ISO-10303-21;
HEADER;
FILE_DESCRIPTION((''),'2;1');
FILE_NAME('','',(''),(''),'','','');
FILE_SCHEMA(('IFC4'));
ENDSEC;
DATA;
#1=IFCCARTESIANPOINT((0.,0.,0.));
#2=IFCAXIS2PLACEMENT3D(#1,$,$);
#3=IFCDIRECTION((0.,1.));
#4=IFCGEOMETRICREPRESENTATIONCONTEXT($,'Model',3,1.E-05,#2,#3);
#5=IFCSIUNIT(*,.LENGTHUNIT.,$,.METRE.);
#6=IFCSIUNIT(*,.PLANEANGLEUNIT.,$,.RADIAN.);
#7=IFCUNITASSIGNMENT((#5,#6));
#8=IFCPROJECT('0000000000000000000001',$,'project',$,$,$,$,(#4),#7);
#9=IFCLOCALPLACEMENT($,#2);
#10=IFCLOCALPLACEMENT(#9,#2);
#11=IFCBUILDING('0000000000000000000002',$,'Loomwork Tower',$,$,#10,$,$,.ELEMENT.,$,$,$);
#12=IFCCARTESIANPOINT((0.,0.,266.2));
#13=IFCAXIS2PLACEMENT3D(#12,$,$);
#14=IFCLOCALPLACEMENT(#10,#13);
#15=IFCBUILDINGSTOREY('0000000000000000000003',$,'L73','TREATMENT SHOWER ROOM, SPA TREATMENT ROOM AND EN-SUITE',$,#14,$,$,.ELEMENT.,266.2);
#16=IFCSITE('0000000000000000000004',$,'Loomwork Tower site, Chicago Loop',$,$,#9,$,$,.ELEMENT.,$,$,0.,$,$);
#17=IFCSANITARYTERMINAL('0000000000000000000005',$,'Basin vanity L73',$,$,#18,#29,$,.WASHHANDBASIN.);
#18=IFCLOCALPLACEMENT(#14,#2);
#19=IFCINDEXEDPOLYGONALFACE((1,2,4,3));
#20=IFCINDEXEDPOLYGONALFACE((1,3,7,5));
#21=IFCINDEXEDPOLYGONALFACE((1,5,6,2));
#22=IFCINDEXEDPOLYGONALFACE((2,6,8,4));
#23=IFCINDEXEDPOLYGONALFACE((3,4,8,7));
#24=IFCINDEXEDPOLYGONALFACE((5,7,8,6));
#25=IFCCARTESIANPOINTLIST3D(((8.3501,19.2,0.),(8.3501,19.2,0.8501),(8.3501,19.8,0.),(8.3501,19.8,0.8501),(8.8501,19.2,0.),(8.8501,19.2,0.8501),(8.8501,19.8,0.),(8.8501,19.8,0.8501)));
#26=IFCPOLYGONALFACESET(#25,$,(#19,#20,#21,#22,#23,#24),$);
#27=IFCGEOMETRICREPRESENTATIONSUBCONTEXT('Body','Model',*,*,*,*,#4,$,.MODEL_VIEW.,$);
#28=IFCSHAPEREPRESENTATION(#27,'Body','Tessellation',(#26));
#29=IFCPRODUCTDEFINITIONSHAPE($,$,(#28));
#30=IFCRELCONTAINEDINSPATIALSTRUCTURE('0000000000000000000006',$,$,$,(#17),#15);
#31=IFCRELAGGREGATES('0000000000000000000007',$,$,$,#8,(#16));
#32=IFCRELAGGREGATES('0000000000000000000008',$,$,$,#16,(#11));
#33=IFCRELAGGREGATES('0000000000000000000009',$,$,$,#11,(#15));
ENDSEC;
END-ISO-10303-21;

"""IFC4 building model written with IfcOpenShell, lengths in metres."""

from ifc_helpers import new_model, si_unit, direction, frame, origin, origin_2d, place, context, subcontext, project, spatial, rectangle, extrude, element, save


model = new_model("IFC4")

# Units and contexts
model_context = context("Model", 3, precision=1e-05, world=origin(), true_north=direction((0.0, 1.0)))
body_context = subcontext(model_context, "Body", "Model", "MODEL_VIEW")
ifc_project = project(units=[si_unit("LENGTHUNIT", "METRE"), si_unit("PLANEANGLEUNIT", "RADIAN")], contexts=[model_context])

# Site, building, storey
site_placement = place(None, origin())
site = spatial("IfcSite", under=ifc_project, at=site_placement, Name="Loomwork Tower site, Chicago Loop", CompositionType="ELEMENT", RefElevation=0.0)
building_placement = place(site_placement, origin())
building = spatial("IfcBuilding", under=site, at=building_placement, Name="Loomwork Tower", CompositionType="ELEMENT")
storey_placement = place(building_placement, frame((0.0, 0.0, 266.2)))
storey = spatial("IfcBuildingStorey", under=building, at=storey_placement, Name="L73", Description="TREATMENT SHOWER ROOM, SPA TREATMENT ROOM AND EN-SUITE", CompositionType="ELEMENT", Elevation=266.2)

# Sanitary terminal
sanitary_terminal_1_placement = place(storey_placement, frame((8.6001, 19.5, 0.0), z_axis=(0.0, 0.0, 1.0), x_axis=(1.0, 0.0, 0.0)))
element("IfcSanitaryTerminal", 1, at=sanitary_terminal_1_placement, inside=storey, Name="Basin vanity L73", PredefinedType="WASHHANDBASIN", context=body_context, shape_type="SweptSolid", body=[
    extrude(rectangle(XDim=0.5, YDim=0.6001, at=origin_2d()), origin(), (0.0, 0.0, 1.0), 0.8501),
])

save(model, "model.ifc")
